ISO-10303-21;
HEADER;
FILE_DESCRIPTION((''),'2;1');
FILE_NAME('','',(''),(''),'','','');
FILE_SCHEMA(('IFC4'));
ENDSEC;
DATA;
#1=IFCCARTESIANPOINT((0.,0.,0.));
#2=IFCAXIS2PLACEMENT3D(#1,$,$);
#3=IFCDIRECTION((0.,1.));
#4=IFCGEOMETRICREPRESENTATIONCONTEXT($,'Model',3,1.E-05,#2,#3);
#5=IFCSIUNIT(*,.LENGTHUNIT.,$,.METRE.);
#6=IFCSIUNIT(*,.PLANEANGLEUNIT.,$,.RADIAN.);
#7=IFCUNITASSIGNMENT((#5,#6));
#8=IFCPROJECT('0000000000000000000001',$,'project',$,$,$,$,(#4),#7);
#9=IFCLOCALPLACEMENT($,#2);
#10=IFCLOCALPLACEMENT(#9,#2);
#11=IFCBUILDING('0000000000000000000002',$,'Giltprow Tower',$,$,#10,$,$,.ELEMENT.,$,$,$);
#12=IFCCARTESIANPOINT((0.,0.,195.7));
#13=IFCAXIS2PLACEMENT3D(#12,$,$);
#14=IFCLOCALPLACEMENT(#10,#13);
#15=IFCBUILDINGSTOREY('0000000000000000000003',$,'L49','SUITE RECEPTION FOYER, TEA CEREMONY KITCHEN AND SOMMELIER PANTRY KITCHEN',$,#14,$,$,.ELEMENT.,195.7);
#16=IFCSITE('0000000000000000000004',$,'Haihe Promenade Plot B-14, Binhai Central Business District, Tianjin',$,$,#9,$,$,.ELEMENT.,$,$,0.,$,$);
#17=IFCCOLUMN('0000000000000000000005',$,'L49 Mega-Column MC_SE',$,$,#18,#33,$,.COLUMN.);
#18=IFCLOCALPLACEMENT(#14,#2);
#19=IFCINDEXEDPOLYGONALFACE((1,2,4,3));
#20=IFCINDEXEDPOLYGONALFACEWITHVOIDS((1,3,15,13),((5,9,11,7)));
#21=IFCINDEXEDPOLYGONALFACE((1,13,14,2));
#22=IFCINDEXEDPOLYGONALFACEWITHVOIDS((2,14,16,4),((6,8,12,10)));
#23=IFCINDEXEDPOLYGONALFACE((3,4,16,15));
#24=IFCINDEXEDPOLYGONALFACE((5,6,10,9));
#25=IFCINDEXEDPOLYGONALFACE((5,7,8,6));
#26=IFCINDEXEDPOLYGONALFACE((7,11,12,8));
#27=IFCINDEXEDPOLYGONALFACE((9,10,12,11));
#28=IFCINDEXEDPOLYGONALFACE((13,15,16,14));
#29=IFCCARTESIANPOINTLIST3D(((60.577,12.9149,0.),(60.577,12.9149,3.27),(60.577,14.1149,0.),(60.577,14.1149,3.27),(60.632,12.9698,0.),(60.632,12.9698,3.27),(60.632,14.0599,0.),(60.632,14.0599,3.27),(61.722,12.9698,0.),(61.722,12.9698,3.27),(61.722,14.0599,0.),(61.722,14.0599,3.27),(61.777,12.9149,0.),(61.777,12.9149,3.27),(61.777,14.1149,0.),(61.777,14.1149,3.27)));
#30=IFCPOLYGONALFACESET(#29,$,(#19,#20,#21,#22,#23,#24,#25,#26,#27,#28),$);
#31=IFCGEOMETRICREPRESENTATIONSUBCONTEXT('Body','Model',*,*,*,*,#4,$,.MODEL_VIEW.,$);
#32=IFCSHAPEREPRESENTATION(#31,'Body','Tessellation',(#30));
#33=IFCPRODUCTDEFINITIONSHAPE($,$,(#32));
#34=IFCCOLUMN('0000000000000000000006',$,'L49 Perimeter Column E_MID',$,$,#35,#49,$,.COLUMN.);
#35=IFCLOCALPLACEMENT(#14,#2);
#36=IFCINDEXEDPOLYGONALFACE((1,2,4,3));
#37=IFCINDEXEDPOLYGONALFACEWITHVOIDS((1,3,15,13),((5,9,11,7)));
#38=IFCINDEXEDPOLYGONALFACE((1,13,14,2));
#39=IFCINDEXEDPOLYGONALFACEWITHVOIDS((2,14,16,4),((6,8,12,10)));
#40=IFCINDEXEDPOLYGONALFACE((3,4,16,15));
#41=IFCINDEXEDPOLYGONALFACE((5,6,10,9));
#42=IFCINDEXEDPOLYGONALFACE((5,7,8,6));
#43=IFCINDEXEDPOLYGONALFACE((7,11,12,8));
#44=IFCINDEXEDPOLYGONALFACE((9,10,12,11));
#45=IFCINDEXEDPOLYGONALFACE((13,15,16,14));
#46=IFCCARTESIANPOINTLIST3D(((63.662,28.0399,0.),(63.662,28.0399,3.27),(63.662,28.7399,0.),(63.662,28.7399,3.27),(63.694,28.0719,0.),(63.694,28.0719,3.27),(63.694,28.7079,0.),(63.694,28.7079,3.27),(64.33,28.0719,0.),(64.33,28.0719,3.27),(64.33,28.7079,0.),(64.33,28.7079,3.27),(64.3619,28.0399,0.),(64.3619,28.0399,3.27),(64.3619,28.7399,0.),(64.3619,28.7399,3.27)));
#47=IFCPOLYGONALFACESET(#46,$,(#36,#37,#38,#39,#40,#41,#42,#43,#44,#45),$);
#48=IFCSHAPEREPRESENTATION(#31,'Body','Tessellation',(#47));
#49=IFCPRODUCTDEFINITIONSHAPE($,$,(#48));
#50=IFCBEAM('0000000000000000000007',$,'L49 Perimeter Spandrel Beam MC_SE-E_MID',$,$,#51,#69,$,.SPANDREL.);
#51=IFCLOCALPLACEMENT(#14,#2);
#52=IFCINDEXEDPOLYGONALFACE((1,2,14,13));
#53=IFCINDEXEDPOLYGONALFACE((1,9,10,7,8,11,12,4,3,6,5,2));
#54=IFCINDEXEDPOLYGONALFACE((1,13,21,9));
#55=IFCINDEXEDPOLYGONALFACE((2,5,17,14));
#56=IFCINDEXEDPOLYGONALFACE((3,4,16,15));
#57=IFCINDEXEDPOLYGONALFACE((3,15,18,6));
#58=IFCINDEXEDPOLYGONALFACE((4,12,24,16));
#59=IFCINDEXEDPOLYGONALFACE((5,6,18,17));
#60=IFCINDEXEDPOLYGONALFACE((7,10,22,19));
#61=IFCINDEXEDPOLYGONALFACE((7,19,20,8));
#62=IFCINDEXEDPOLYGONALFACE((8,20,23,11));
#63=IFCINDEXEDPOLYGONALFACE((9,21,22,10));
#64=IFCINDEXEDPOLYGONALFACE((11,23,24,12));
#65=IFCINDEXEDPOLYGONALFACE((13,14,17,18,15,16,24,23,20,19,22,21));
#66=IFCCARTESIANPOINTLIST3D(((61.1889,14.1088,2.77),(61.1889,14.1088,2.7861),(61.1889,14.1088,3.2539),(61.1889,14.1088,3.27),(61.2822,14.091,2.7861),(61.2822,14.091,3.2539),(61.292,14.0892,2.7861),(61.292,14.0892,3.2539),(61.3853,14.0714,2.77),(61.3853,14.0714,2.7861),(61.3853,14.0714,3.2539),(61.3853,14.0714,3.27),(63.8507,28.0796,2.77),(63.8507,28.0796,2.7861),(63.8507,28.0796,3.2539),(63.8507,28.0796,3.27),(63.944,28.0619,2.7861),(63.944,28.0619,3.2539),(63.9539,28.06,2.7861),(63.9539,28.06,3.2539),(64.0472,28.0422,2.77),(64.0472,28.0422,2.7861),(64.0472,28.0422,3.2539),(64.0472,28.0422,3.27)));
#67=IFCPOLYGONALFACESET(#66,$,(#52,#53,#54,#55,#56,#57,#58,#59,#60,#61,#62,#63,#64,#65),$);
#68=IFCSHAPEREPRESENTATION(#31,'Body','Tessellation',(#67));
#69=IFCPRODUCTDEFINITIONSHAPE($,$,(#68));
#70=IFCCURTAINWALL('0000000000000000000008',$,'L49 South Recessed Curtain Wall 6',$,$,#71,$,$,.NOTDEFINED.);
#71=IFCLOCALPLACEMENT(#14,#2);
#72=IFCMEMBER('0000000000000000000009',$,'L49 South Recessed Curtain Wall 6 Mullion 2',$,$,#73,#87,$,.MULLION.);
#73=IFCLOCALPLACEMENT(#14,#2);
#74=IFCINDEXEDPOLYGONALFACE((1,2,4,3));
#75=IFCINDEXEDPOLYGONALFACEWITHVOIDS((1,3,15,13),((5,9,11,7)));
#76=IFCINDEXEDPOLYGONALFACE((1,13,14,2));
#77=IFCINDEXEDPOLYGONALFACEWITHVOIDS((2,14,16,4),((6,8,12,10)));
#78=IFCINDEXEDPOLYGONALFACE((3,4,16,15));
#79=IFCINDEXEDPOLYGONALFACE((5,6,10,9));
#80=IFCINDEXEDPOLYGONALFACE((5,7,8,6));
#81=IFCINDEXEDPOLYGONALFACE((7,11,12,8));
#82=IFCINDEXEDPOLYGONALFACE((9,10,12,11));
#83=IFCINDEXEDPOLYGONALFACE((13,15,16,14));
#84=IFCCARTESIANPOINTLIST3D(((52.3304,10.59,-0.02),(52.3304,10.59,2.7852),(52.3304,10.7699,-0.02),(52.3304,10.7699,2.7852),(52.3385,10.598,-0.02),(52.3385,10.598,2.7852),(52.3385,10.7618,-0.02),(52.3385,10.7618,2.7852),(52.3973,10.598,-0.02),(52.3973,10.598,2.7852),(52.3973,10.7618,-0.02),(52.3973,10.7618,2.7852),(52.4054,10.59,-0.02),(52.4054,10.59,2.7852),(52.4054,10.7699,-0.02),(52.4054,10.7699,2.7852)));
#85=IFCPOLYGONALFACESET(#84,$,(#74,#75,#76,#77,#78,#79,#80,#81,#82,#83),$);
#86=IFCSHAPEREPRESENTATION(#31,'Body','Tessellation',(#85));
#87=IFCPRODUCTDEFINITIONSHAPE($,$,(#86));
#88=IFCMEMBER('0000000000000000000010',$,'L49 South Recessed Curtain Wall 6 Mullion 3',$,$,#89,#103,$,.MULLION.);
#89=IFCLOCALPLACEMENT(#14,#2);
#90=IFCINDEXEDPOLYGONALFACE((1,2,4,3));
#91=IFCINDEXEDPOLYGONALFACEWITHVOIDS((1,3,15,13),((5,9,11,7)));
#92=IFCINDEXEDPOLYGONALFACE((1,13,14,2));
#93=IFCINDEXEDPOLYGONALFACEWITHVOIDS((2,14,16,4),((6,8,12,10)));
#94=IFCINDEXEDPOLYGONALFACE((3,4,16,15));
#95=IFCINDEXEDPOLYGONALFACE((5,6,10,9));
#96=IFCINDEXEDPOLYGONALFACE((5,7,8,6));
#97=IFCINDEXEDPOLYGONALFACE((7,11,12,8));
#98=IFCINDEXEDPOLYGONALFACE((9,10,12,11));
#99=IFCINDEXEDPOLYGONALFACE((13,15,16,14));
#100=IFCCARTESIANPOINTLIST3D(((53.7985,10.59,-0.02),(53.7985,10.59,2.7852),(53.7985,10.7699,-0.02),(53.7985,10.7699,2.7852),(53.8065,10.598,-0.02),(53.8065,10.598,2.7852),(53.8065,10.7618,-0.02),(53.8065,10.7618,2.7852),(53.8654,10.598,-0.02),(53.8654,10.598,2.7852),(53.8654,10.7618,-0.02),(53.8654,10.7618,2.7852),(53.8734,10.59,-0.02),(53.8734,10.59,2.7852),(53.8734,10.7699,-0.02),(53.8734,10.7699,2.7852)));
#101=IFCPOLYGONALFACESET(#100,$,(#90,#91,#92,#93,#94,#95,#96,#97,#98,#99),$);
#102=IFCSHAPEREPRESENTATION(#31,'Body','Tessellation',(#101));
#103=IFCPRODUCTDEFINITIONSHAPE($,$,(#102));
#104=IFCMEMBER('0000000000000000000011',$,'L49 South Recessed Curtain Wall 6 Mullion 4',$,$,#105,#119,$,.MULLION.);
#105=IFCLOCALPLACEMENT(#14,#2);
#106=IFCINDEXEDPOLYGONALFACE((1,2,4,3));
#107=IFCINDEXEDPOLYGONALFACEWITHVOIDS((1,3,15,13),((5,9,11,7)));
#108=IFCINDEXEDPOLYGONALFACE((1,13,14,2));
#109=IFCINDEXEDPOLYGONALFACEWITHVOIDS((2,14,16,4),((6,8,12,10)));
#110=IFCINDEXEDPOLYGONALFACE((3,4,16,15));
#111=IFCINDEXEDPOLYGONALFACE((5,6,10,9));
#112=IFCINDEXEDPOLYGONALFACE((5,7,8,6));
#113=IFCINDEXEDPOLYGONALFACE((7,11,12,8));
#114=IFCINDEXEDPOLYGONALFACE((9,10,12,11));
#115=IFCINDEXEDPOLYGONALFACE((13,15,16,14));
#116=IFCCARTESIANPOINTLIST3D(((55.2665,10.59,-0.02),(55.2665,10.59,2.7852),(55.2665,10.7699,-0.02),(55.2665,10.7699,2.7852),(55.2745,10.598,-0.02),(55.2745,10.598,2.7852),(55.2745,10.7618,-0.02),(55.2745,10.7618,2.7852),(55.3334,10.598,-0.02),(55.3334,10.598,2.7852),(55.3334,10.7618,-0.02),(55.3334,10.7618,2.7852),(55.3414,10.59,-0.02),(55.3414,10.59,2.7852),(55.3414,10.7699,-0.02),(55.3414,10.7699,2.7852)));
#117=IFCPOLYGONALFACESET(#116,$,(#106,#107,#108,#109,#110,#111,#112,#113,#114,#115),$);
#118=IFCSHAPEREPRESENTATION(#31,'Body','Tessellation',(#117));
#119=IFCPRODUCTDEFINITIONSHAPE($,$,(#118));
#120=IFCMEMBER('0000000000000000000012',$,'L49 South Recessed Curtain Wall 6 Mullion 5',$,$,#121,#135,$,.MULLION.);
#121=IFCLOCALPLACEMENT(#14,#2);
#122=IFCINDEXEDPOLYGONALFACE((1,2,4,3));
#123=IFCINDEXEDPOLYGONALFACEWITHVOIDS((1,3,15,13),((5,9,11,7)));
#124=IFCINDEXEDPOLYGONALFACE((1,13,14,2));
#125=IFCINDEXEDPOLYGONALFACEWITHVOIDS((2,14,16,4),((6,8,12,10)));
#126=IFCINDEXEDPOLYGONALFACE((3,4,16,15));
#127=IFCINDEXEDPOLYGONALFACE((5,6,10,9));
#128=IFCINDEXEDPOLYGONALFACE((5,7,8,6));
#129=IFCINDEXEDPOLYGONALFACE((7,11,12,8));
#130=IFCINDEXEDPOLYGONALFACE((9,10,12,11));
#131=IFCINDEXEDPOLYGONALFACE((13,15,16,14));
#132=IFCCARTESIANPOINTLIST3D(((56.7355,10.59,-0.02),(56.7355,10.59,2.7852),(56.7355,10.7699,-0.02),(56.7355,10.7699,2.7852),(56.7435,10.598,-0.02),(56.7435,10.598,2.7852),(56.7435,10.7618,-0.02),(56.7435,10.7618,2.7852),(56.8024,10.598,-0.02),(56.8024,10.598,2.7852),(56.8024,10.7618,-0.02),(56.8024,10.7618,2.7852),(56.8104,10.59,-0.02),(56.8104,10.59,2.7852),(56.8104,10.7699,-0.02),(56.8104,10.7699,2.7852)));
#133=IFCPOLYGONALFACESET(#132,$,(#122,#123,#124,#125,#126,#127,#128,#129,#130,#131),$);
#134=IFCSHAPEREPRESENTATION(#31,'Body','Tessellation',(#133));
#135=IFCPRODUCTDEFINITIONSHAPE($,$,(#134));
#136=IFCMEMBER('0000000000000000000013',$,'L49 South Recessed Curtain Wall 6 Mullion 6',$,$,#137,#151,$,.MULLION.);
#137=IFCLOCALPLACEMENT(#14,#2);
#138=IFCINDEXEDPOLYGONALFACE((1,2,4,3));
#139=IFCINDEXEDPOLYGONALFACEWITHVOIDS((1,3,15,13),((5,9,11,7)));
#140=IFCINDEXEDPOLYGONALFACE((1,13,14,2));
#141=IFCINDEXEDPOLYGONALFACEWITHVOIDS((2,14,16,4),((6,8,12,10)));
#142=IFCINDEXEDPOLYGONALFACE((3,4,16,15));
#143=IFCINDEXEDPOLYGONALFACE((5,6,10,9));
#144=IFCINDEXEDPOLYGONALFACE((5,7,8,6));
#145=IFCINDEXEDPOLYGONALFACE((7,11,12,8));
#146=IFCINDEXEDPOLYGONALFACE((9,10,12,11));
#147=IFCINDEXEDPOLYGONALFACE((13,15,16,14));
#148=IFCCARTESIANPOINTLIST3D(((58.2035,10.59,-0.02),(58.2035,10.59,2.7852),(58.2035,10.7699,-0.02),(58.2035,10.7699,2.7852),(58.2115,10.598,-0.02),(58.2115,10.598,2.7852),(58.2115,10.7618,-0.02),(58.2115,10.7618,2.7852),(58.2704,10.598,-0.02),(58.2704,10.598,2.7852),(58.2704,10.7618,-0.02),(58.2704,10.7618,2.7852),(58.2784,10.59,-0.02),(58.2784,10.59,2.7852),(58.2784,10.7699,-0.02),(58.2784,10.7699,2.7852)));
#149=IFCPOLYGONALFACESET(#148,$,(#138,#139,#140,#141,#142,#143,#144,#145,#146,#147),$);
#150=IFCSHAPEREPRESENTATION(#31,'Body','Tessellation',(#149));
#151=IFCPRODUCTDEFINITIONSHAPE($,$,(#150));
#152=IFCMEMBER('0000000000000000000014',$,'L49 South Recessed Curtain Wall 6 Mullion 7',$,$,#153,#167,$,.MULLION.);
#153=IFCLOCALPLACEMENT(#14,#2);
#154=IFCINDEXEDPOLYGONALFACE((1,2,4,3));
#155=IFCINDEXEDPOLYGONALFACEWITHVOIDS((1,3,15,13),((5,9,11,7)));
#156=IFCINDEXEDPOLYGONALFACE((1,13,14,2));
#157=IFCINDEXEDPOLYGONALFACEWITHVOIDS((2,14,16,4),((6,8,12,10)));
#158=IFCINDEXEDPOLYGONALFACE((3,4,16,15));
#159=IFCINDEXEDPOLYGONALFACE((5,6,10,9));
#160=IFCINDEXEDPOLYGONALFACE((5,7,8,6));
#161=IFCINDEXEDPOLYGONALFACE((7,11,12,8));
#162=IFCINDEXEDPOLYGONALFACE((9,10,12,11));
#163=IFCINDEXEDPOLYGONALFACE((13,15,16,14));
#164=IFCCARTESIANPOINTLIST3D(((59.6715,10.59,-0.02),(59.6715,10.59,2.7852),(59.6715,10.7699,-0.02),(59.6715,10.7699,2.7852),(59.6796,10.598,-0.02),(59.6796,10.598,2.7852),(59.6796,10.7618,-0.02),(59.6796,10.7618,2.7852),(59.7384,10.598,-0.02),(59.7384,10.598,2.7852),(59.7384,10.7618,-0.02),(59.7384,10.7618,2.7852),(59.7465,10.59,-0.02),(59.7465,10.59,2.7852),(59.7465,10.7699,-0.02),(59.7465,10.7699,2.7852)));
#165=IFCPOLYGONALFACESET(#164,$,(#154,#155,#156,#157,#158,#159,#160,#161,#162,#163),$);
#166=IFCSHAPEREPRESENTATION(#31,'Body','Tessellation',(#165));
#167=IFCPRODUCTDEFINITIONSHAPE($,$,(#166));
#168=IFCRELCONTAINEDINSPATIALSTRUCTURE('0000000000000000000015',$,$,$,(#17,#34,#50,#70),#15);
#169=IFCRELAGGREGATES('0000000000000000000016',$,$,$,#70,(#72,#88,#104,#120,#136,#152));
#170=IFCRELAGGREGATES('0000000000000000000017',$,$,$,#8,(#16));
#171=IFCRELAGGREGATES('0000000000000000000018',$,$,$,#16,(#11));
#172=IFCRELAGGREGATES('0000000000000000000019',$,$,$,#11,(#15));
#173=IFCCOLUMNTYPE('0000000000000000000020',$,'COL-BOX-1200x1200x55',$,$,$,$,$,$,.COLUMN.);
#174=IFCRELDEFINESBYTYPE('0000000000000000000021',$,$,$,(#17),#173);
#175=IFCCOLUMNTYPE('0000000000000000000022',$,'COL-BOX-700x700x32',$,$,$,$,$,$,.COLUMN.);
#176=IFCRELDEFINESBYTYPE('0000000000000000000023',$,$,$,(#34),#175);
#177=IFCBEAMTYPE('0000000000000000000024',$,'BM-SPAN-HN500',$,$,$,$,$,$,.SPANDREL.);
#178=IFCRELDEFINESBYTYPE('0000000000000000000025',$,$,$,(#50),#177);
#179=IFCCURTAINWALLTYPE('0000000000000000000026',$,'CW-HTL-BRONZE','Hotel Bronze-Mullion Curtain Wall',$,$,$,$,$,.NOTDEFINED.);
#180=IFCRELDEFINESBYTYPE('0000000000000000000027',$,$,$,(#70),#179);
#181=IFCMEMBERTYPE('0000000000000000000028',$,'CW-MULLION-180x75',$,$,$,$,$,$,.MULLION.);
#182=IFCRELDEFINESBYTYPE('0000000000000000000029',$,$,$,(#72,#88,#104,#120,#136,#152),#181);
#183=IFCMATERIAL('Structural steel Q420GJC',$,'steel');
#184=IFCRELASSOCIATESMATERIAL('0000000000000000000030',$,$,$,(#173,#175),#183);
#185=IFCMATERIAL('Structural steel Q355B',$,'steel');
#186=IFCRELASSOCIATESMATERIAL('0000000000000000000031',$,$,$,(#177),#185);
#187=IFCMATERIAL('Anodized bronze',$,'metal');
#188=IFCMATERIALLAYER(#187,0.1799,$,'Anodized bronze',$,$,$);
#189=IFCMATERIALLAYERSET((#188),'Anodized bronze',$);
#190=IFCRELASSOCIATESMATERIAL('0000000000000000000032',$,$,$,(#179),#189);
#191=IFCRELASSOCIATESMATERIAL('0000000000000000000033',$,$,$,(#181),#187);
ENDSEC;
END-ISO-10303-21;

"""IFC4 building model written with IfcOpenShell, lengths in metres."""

from ifc_helpers import new_model, si_unit, direction, frame, origin, origin_2d, place, context, subcontext, project, spatial, hollow_rectangle, i_section, extrude, source, transform, mapped, material, layer, layer_set, material_profile, profile_set, type_object, element, aggregate, save


model = new_model("IFC4")

# Units and contexts
model_context = context("Model", 3, precision=1e-05, world=origin(), true_north=direction((0.0, 1.0)))
body_context = subcontext(model_context, "Body", "Model", "MODEL_VIEW")
ifc_project = project(units=[si_unit("LENGTHUNIT", "METRE"), si_unit("PLANEANGLEUNIT", "RADIAN")], contexts=[model_context])

# Site, building, storey
site_placement = place(None, origin())
site = spatial("IfcSite", under=ifc_project, at=site_placement, Name="Haihe Promenade Plot B-14, Binhai Central Business District, Tianjin", CompositionType="ELEMENT", RefElevation=0.0)
building_placement = place(site_placement, origin())
building = spatial("IfcBuilding", under=site, at=building_placement, Name="Giltprow Tower", CompositionType="ELEMENT")
storey_placement = place(building_placement, frame((0.0, 0.0, 195.7)))
storey = spatial("IfcBuildingStorey", under=building, at=storey_placement, Name="L49", Description="SUITE RECEPTION FOYER, TEA CEREMONY KITCHEN AND SOMMELIER PANTRY KITCHEN", CompositionType="ELEMENT", Elevation=195.7)

# Columns
ifc_material_1 = material(Name="Structural steel Q420GJC", Category="steel")
ifc_material_profile_1 = material_profile(ifc_material_1, hollow_rectangle(XDim=1.2, YDim=1.2, WallThickness=0.0549, at=origin_2d()), Name="BOX 1200x1200x55")
ifc_profile_set_1 = profile_set([ifc_material_profile_1], Name="Structural steel Q420GJC")
column_type_1 = type_object("IfcColumnType", Name="COL-BOX-1200x1200x55", PredefinedType="COLUMN", material=ifc_profile_set_1)
shared_shape_1 = source(origin(), body_context, "Body", "SweptSolid", [
    extrude(hollow_rectangle(XDim=1.2, YDim=1.2, WallThickness=0.0549, at=origin_2d()), origin(), (0.0, 0.0, 1.0), 3.27),
])
column_1_placement = place(storey_placement, frame((61.177, 13.5149, 0.0), z_axis=(0.0, 0.0, 1.0), x_axis=(1.0, 0.0, 0.0)))
element("IfcColumn", 1, at=column_1_placement, inside=storey, type_object=column_type_1, Name="L49 Mega-Column MC_SE", PredefinedType="COLUMN", context=body_context, shape_type="MappedRepresentation", body=[
    mapped(shared_shape_1, transform((0.0, 0.0, 0.0), x_axis=(1.0, 0.0, 0.0), y_axis=(0.0, 1.0, 0.0), z_axis=(0.0, 0.0, 1.0), scale=1.0)),
])
ifc_material_profile_2 = material_profile(ifc_material_1, hollow_rectangle(XDim=0.7, YDim=0.7, WallThickness=0.032, at=origin_2d()), Name="BOX 700x700x32")
ifc_profile_set_2 = profile_set([ifc_material_profile_2], Name="Structural steel Q420GJC")
column_type_2 = type_object("IfcColumnType", Name="COL-BOX-700x700x32", PredefinedType="COLUMN", material=ifc_profile_set_2)
shared_shape_2 = source(origin(), body_context, "Body", "SweptSolid", [
    extrude(hollow_rectangle(XDim=0.7, YDim=0.7, WallThickness=0.032, at=origin_2d()), origin(), (0.0, 0.0, 1.0), 3.27),
])
column_2_placement = place(storey_placement, frame((64.012, 28.3899, 0.0), z_axis=(0.0, 0.0, 1.0), x_axis=(1.0, 0.0, 0.0)))
element("IfcColumn", 2, at=column_2_placement, inside=storey, type_object=column_type_2, Name="L49 Perimeter Column E_MID", PredefinedType="COLUMN", context=body_context, shape_type="MappedRepresentation", body=[
    mapped(shared_shape_2, transform((0.0, 0.0, 0.0), x_axis=(1.0, 0.0, 0.0), y_axis=(0.0, 1.0, 0.0), z_axis=(0.0, 0.0, 1.0), scale=1.0)),
])

# Beam
ifc_material_2 = material(Name="Structural steel Q355B", Category="steel")
ifc_material_profile_3 = material_profile(ifc_material_2, i_section(OverallWidth=0.2, OverallDepth=0.5, WebThickness=0.01, FlangeThickness=0.0161, at=origin_2d()), Name="HN 500x200x10x16")
ifc_profile_set_3 = profile_set([ifc_material_profile_3], Name="Structural steel Q355B")
beam_type = type_object("IfcBeamType", Name="BM-SPAN-HN500", PredefinedType="SPANDREL", material=ifc_profile_set_3)
shared_shape_3 = source(origin(), body_context, "Body", "SweptSolid", [
    extrude(i_section(OverallWidth=0.2, OverallDepth=0.5, WebThickness=0.01, FlangeThickness=0.0161, at=origin_2d()), origin(), (0.0, 0.0, 1.0), 14.2222),
])
beam_placement = place(storey_placement, frame((61.2871, 14.0901, 3.02), z_axis=(0.187162, 0.982329, 0.0), x_axis=(-0.982329, 0.187162, 0.0)))
element("IfcBeam", 3, at=beam_placement, inside=storey, type_object=beam_type, Name="L49 Perimeter Spandrel Beam MC_SE-E_MID", PredefinedType="SPANDREL", context=body_context, shape_type="MappedRepresentation", body=[
    mapped(shared_shape_3, transform((0.0, 0.0, 0.0), x_axis=(1.0, 0.0, 0.0), y_axis=(0.0, 1.0, 0.0), z_axis=(0.0, 0.0, 1.0), scale=1.0)),
])

# Curtain wall, members
ifc_material_3 = material(Name="Anodized bronze", Category="metal")
ifc_layer_1 = layer(ifc_material_3, 0.1799, Name="Anodized bronze")
ifc_layer_set_1 = layer_set([ifc_layer_1], Name="Anodized bronze")
curtain_wall_type = type_object("IfcCurtainWallType", Name="CW-HTL-BRONZE", Description="Hotel Bronze-Mullion Curtain Wall", PredefinedType="NOTDEFINED", material=ifc_layer_set_1)
curtain_wall_placement = place(storey_placement, origin())
curtain_wall = element("IfcCurtainWall", 4, at=curtain_wall_placement, inside=storey, type_object=curtain_wall_type, Name="L49 South Recessed Curtain Wall 6", PredefinedType="NOTDEFINED")
ifc_material_profile_4 = material_profile(ifc_material_3, hollow_rectangle(XDim=0.075, YDim=0.1799, WallThickness=0.0081, at=origin_2d()), Name="RHS 180x75x8")
ifc_profile_set_4 = profile_set([ifc_material_profile_4], Name="Anodized bronze")
member_type_1 = type_object("IfcMemberType", Name="CW-MULLION-180x75", PredefinedType="MULLION", material=ifc_profile_set_4)
shared_shape_4 = source(origin(), body_context, "Body", "SweptSolid", [
    extrude(hollow_rectangle(XDim=0.075, YDim=0.1799, WallThickness=0.0081, at=origin_2d()), origin(), (0.0, 0.0, 1.0), 2.8052),
])
member_1_placement = place(storey_placement, frame((52.3679, 10.6799, -0.02), z_axis=(0.0, 0.0, 1.0), x_axis=(1.0, 0.0, 0.0)))
member_1 = element("IfcMember", 5, at=member_1_placement, type_object=member_type_1, Name="L49 South Recessed Curtain Wall 6 Mullion 2", PredefinedType="MULLION", context=body_context, shape_type="MappedRepresentation", body=[
    mapped(shared_shape_4, transform((0.0, 0.0, 0.0), x_axis=(1.0, 0.0, 0.0), y_axis=(0.0, 1.0, 0.0), z_axis=(0.0, 0.0, 1.0), scale=1.0)),
])
member_2_placement = place(storey_placement, frame((53.8359, 10.6799, -0.02), z_axis=(0.0, 0.0, 1.0), x_axis=(1.0, 0.0, 0.0)))
member_2 = element("IfcMember", 6, at=member_2_placement, type_object=member_type_1, Name="L49 South Recessed Curtain Wall 6 Mullion 3", PredefinedType="MULLION", context=body_context, shape_type="MappedRepresentation", body=[
    mapped(shared_shape_4, transform((0.0, 0.0, 0.0), x_axis=(1.0, 0.0, 0.0), y_axis=(0.0, 1.0, 0.0), z_axis=(0.0, 0.0, 1.0), scale=1.0)),
])
member_3_placement = place(storey_placement, frame((55.304, 10.6799, -0.02), z_axis=(0.0, 0.0, 1.0), x_axis=(1.0, 0.0, 0.0)))
member_3 = element("IfcMember", 7, at=member_3_placement, type_object=member_type_1, Name="L49 South Recessed Curtain Wall 6 Mullion 4", PredefinedType="MULLION", context=body_context, shape_type="MappedRepresentation", body=[
    mapped(shared_shape_4, transform((0.0, 0.0, 0.0), x_axis=(1.0, 0.0, 0.0), y_axis=(0.0, 1.0, 0.0), z_axis=(0.0, 0.0, 1.0), scale=1.0)),
])
member_4_placement = place(storey_placement, frame((56.7729, 10.6799, -0.02), z_axis=(0.0, 0.0, 1.0), x_axis=(1.0, 0.0, 0.0)))
member_4 = element("IfcMember", 8, at=member_4_placement, type_object=member_type_1, Name="L49 South Recessed Curtain Wall 6 Mullion 5", PredefinedType="MULLION", context=body_context, shape_type="MappedRepresentation", body=[
    mapped(shared_shape_4, transform((0.0, 0.0, 0.0), x_axis=(1.0, 0.0, 0.0), y_axis=(0.0, 1.0, 0.0), z_axis=(0.0, 0.0, 1.0), scale=1.0)),
])
member_5_placement = place(storey_placement, frame((58.241, 10.6799, -0.02), z_axis=(0.0, 0.0, 1.0), x_axis=(1.0, 0.0, 0.0)))
member_5 = element("IfcMember", 9, at=member_5_placement, type_object=member_type_1, Name="L49 South Recessed Curtain Wall 6 Mullion 6", PredefinedType="MULLION", context=body_context, shape_type="MappedRepresentation", body=[
    mapped(shared_shape_4, transform((0.0, 0.0, 0.0), x_axis=(1.0, 0.0, 0.0), y_axis=(0.0, 1.0, 0.0), z_axis=(0.0, 0.0, 1.0), scale=1.0)),
])
member_6_placement = place(storey_placement, frame((59.709, 10.6799, -0.02), z_axis=(0.0, 0.0, 1.0), x_axis=(1.0, 0.0, 0.0)))
member_6 = element("IfcMember", 10, at=member_6_placement, type_object=member_type_1, Name="L49 South Recessed Curtain Wall 6 Mullion 7", PredefinedType="MULLION", context=body_context, shape_type="MappedRepresentation", body=[
    mapped(shared_shape_4, transform((0.0, 0.0, 0.0), x_axis=(1.0, 0.0, 0.0), y_axis=(0.0, 1.0, 0.0), z_axis=(0.0, 0.0, 1.0), scale=1.0)),
])
aggregate(curtain_wall, [member_1, member_2, member_3, member_4, member_5, member_6])

save(model, "model.ifc")
